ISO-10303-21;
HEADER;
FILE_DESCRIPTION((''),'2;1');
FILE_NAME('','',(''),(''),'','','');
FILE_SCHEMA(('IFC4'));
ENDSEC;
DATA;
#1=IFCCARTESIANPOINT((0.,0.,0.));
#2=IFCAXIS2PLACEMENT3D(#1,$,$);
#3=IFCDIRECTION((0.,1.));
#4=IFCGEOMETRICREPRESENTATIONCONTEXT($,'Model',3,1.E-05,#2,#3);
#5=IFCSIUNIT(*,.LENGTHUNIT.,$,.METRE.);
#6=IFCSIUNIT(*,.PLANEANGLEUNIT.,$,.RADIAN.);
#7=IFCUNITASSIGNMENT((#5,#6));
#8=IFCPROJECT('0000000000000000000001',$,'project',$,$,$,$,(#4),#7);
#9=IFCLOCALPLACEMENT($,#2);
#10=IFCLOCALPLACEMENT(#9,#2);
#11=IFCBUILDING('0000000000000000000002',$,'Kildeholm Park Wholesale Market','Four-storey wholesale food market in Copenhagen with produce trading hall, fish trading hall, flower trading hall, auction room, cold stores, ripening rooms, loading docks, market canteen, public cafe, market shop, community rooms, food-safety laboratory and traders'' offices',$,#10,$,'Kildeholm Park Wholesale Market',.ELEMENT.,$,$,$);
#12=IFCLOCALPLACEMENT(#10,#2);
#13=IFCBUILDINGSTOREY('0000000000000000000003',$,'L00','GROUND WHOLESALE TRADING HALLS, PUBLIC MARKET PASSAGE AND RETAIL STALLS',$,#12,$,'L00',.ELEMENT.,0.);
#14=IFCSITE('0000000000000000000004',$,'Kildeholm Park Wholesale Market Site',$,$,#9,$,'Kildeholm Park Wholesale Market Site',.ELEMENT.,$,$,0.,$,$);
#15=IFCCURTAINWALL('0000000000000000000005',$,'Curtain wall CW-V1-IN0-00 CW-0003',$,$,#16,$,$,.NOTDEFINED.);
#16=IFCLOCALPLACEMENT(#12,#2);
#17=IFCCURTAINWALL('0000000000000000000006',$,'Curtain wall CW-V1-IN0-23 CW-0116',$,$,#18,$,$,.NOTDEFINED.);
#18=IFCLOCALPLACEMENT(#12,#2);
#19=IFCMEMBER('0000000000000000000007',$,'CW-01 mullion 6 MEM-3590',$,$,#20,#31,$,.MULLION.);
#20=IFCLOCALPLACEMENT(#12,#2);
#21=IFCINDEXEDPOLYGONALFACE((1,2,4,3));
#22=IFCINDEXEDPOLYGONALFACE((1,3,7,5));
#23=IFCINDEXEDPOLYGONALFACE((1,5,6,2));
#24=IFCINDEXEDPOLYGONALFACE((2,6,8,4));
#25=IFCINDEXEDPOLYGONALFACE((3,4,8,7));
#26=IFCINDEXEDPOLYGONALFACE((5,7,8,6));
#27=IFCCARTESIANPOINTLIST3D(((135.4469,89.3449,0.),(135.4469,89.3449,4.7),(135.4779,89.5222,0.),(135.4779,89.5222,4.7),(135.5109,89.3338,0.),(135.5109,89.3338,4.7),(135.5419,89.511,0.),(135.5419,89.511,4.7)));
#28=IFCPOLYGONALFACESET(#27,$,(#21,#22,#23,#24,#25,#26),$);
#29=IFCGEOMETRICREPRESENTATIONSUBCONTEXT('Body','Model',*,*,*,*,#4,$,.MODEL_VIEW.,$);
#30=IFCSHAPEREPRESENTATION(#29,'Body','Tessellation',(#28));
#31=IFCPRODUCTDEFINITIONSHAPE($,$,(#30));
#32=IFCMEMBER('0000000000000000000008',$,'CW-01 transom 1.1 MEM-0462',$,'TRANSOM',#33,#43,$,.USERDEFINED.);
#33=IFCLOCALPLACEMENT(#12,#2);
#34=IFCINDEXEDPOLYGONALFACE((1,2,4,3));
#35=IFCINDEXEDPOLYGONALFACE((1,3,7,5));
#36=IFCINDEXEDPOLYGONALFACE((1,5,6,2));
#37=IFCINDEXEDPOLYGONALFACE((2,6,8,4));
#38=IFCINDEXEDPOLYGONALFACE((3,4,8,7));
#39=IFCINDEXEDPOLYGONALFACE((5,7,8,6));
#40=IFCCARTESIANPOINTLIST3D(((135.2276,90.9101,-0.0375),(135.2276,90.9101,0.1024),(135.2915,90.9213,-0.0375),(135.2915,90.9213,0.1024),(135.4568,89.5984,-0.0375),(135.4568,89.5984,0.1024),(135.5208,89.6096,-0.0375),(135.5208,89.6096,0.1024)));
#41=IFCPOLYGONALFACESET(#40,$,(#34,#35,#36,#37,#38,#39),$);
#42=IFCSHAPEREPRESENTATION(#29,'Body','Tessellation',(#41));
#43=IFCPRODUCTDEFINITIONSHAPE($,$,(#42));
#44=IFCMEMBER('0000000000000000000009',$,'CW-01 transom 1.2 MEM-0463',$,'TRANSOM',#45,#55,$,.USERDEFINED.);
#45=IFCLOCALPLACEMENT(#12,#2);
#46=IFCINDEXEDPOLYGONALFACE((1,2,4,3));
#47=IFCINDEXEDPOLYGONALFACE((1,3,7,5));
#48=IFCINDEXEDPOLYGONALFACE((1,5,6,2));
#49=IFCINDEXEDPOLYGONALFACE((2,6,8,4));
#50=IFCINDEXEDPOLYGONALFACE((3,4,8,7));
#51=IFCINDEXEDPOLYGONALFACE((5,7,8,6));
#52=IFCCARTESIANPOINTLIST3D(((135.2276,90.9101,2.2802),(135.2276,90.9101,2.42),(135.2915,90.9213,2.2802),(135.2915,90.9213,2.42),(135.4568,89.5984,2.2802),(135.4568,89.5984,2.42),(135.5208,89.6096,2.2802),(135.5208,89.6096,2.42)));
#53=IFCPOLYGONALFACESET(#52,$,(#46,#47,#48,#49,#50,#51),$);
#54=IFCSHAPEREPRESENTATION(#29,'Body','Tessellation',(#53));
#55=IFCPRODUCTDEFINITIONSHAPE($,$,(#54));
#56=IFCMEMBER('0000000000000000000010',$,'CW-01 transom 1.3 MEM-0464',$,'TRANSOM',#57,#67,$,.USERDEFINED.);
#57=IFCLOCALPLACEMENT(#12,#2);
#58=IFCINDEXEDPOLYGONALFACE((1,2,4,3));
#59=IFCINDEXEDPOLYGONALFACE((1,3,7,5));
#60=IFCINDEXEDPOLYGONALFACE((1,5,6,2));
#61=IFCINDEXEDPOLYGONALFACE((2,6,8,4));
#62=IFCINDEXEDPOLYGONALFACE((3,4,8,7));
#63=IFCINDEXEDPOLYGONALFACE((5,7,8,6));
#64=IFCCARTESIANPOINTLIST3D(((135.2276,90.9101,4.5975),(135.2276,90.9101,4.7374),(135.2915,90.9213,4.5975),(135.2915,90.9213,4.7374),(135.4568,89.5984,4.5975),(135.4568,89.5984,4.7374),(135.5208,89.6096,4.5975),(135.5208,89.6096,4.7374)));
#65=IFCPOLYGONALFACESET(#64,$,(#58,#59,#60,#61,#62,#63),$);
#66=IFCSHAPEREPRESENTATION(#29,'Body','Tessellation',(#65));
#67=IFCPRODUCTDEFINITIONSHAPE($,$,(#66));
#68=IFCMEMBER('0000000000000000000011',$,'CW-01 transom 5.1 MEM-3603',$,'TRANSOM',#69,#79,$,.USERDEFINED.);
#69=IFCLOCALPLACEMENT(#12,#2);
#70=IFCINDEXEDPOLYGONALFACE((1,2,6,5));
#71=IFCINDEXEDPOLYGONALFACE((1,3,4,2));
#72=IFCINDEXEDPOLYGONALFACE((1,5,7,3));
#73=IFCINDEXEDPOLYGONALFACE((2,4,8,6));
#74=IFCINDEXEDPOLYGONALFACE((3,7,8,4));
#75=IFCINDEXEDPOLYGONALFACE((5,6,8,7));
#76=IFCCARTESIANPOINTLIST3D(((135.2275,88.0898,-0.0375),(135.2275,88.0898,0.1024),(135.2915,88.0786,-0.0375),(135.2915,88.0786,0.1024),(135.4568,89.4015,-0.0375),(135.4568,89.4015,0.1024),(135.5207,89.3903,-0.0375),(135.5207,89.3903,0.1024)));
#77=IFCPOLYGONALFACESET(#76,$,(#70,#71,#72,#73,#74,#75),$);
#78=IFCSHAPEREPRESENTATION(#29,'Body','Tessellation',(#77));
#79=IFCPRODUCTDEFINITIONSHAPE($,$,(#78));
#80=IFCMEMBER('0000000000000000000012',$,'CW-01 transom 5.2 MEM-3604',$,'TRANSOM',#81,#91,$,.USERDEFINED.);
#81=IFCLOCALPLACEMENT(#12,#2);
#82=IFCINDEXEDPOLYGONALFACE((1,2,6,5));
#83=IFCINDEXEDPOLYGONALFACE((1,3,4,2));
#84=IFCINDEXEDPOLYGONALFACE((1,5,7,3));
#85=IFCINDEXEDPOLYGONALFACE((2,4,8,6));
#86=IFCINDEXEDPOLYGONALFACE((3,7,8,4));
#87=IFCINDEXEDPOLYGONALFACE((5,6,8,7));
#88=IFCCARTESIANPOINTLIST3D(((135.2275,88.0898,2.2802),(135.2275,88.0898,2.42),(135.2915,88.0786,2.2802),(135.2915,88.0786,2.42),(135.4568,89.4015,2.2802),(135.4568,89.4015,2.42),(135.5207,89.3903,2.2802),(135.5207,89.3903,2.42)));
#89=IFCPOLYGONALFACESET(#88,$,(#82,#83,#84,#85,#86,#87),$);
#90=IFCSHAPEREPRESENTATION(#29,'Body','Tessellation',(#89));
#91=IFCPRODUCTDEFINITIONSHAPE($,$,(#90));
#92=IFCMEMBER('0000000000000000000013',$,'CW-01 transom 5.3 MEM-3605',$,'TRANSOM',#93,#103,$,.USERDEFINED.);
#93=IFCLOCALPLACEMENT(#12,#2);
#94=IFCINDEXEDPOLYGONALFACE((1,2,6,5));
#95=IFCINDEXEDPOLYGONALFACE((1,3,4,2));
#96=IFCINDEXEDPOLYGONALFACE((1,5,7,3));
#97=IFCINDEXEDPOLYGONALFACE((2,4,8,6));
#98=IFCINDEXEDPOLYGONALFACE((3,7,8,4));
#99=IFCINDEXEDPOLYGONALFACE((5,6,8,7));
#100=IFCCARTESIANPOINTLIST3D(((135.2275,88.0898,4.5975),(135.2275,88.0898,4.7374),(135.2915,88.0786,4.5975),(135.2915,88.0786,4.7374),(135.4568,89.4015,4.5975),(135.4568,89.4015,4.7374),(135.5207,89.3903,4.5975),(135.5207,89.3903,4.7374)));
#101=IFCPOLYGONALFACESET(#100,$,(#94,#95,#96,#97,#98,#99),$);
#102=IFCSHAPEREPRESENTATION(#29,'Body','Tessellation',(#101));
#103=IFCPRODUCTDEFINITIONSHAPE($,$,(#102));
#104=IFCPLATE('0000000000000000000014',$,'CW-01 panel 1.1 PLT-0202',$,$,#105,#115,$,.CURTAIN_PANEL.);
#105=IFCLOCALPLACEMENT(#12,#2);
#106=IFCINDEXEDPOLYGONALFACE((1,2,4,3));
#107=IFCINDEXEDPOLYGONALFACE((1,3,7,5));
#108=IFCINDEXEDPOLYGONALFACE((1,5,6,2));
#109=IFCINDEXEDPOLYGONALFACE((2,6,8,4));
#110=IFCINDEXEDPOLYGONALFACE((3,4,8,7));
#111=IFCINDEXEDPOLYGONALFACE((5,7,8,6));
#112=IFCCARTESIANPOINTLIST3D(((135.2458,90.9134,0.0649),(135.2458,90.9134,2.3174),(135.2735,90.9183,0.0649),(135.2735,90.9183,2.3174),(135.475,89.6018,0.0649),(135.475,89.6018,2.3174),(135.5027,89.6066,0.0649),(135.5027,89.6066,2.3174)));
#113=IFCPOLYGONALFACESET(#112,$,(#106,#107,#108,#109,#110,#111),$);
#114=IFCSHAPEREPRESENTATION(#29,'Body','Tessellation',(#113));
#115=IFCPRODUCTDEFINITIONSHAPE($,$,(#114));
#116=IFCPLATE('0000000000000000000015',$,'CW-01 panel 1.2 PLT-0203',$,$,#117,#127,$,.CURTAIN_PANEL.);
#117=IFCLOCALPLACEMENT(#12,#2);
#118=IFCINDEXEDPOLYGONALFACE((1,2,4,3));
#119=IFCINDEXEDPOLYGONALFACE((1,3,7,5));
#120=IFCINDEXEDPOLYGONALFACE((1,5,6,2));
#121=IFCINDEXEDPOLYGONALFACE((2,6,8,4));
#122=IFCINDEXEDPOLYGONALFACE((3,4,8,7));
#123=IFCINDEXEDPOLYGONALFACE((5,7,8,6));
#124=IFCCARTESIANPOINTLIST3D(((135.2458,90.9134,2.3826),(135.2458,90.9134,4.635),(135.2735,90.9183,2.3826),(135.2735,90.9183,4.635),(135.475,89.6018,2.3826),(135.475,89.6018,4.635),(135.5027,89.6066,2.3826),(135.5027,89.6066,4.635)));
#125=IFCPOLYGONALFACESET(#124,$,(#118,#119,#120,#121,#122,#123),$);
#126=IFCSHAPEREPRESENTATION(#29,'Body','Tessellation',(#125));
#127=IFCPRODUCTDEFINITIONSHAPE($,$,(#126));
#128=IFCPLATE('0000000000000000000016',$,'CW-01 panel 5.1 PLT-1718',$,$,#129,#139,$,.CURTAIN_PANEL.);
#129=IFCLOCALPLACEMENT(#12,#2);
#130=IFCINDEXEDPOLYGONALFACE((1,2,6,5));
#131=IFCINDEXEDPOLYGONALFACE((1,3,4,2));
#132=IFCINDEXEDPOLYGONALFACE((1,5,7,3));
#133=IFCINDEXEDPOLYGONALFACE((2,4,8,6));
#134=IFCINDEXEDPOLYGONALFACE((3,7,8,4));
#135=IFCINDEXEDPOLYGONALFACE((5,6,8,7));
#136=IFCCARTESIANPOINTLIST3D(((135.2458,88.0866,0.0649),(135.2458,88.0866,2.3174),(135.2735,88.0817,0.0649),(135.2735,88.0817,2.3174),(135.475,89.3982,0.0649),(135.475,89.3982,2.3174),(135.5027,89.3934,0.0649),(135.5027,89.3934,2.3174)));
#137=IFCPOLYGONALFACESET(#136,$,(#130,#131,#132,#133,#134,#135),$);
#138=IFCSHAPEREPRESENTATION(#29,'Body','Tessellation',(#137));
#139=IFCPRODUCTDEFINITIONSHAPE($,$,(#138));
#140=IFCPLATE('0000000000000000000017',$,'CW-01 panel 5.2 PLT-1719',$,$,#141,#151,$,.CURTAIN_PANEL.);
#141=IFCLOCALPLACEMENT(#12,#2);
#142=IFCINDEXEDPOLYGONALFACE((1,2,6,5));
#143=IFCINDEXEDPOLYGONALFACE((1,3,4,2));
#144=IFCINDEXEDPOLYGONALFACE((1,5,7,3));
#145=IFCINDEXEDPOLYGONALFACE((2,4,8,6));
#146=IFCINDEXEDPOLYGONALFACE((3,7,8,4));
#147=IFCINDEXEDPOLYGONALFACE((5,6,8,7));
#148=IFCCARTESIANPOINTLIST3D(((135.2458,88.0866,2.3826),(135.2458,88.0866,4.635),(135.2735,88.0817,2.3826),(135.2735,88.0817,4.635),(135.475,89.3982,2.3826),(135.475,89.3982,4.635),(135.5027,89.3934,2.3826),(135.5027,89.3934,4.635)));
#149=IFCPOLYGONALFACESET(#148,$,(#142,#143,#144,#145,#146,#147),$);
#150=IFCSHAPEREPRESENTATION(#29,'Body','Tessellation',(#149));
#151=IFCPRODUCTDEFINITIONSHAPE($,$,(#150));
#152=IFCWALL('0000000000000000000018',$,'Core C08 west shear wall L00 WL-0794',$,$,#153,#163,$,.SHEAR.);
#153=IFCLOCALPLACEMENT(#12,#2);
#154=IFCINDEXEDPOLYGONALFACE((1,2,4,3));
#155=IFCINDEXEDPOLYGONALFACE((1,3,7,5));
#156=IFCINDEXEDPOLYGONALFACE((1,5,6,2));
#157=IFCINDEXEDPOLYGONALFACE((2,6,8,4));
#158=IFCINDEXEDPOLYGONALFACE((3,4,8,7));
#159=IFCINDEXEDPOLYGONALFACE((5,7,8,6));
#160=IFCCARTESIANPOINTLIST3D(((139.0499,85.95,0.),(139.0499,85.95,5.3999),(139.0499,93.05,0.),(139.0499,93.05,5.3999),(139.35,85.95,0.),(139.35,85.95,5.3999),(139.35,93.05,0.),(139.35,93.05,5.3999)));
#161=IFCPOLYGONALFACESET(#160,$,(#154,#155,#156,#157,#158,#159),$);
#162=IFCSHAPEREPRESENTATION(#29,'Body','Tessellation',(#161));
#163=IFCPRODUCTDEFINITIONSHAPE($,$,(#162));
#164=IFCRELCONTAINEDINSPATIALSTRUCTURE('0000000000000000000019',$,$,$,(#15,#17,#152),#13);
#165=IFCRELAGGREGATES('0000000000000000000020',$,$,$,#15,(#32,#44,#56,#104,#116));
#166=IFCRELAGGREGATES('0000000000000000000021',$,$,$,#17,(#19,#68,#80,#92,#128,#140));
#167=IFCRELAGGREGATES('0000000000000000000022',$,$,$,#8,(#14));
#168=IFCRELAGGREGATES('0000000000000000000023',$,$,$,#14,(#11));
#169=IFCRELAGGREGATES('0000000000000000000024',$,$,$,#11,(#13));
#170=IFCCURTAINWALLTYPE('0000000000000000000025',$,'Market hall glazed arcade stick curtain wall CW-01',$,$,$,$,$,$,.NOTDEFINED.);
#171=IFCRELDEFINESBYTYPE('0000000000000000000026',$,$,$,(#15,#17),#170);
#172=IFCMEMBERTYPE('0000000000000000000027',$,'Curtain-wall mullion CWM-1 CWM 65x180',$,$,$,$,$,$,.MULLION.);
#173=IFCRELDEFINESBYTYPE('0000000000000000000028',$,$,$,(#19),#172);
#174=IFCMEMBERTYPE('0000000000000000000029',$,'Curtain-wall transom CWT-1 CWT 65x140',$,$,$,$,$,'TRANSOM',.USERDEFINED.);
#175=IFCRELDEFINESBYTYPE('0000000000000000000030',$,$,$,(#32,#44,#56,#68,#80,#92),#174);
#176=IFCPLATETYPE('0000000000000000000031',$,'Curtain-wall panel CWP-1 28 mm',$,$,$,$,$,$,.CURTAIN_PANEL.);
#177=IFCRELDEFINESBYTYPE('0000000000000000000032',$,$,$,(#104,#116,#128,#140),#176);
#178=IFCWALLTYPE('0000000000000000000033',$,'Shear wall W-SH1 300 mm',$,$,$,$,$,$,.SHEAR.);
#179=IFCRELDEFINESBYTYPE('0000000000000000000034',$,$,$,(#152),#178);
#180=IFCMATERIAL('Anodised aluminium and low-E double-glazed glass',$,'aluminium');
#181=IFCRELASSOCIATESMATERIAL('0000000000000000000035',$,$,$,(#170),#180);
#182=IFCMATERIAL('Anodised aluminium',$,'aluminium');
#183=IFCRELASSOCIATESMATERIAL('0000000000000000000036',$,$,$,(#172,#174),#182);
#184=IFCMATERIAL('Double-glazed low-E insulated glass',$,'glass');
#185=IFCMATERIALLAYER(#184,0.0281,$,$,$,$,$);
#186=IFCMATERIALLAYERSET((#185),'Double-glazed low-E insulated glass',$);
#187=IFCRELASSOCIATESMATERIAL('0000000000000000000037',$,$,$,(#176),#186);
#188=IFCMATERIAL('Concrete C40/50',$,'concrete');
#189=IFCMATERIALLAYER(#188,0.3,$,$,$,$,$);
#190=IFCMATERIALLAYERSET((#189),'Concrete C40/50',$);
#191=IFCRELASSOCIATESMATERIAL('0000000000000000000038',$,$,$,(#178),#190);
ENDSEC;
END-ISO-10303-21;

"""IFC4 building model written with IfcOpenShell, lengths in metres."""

from ifc_helpers import new_model, si_unit, direction, frame, frame_2d, origin, origin_2d, place, context, subcontext, project, spatial, rectangle, extrude, material, layer, layer_set, material_profile, profile_set, type_object, element, aggregate, save


model = new_model("IFC4")

# Units and contexts
model_context = context("Model", 3, precision=1e-05, world=origin(), true_north=direction((0.0, 1.0)))
body_context = subcontext(model_context, "Body", "Model", "MODEL_VIEW")
ifc_project = project(units=[si_unit("LENGTHUNIT", "METRE"), si_unit("PLANEANGLEUNIT", "RADIAN")], contexts=[model_context])

# Site, building, storey
site_placement = place(None, origin())
site = spatial("IfcSite", under=ifc_project, at=site_placement, Name="Kildeholm Park Wholesale Market Site", LongName="Kildeholm Park Wholesale Market Site", CompositionType="ELEMENT", RefElevation=0.0)
building_placement = place(site_placement, origin())
building = spatial("IfcBuilding", under=site, at=building_placement, Name="Kildeholm Park Wholesale Market", Description="Four-storey wholesale food market in Copenhagen with produce trading hall, fish trading hall, flower trading hall, auction room, cold stores, ripening rooms, loading docks, market canteen, public cafe, market shop, community rooms, food-safety laboratory and traders' offices", LongName="Kildeholm Park Wholesale Market", CompositionType="ELEMENT")
storey_placement = place(building_placement, origin())
storey = spatial("IfcBuildingStorey", under=building, at=storey_placement, Name="L00", Description="GROUND WHOLESALE TRADING HALLS, PUBLIC MARKET PASSAGE AND RETAIL STALLS", LongName="L00", CompositionType="ELEMENT", Elevation=0.0)

# Curtain wall
ifc_material_1 = material(Name="Anodised aluminium and low-E double-glazed glass", Category="aluminium")
curtain_wall_type = type_object("IfcCurtainWallType", Name="Market hall glazed arcade stick curtain wall CW-01", PredefinedType="NOTDEFINED", material=ifc_material_1)
curtain_wall_1_placement = place(storey_placement, origin())
curtain_wall_1 = element("IfcCurtainWall", 1, at=curtain_wall_1_placement, inside=storey, type_object=curtain_wall_type, Name="Curtain wall CW-V1-IN0-00 CW-0003", PredefinedType="NOTDEFINED")
ifc_material_2 = material(Name="Anodised aluminium", Category="aluminium")
ifc_material_profile_1 = material_profile(ifc_material_2, rectangle(XDim=0.0649, YDim=0.1799, at=origin_2d()), Name="CWM 65x180")
ifc_profile_set_1 = profile_set([ifc_material_profile_1], Name="Anodised aluminium")
member_type_1 = type_object("IfcMemberType", Name="Curtain-wall mullion CWM-1 CWM 65x180", PredefinedType="MULLION", material=ifc_profile_set_1)

# Curtain wall, member
curtain_wall_2_placement = place(storey_placement, origin())
curtain_wall_2 = element("IfcCurtainWall", 2, at=curtain_wall_2_placement, inside=storey, type_object=curtain_wall_type, Name="Curtain wall CW-V1-IN0-23 CW-0116", PredefinedType="NOTDEFINED")
member_1_placement = place(storey_placement, frame((135.4944, 89.428, 0.0), z_axis=(0.0, 0.0, 1.0), x_axis=(-0.985074, 0.172133, 0.0)))
member_1 = element("IfcMember", 3, at=member_1_placement, type_object=member_type_1, Name="CW-01 mullion 6 MEM-3590", PredefinedType="MULLION", context=body_context, shape_type="SweptSolid", body=[
    extrude(rectangle(XDim=0.0649, YDim=0.1799, at=origin_2d()), origin(), (0.0, 0.0, 1.0), 4.7),
])

# Members
ifc_material_profile_2 = material_profile(ifc_material_2, rectangle(XDim=0.0649, YDim=0.1399, at=origin_2d()), Name="CWT 65x140")
ifc_profile_set_2 = profile_set([ifc_material_profile_2], Name="Anodised aluminium")
member_type_2 = type_object("IfcMemberType", Name="Curtain-wall transom CWT-1 CWT 65x140", ElementType="TRANSOM", PredefinedType="USERDEFINED", material=ifc_profile_set_2)
member_2_placement = place(storey_placement, frame((135.4888, 89.604, 0.0325), z_axis=(-0.172154, 0.98507, 0.0), x_axis=(-0.98507, -0.172154, 0.0)))
member_2 = element("IfcMember", 4, at=member_2_placement, type_object=member_type_2, Name="CW-01 transom 1.1 MEM-0462", ObjectType="TRANSOM", PredefinedType="USERDEFINED", context=body_context, shape_type="SweptSolid", body=[
    extrude(rectangle(XDim=0.0649, YDim=0.1399, at=origin_2d()), origin(), (0.0, 0.0, 1.0), 1.3315),
])
member_3_placement = place(storey_placement, frame((135.4888, 89.604, 2.3501), z_axis=(-0.172154, 0.98507, 0.0), x_axis=(-0.98507, -0.172154, 0.0)))
member_3 = element("IfcMember", 5, at=member_3_placement, type_object=member_type_2, Name="CW-01 transom 1.2 MEM-0463", ObjectType="TRANSOM", PredefinedType="USERDEFINED", context=body_context, shape_type="SweptSolid", body=[
    extrude(rectangle(XDim=0.0649, YDim=0.1399, at=origin_2d()), origin(), (0.0, 0.0, 1.0), 1.3315),
])
member_4_placement = place(storey_placement, frame((135.4888, 89.604, 4.6675), z_axis=(-0.172154, 0.98507, 0.0), x_axis=(-0.98507, -0.172154, 0.0)))
member_4 = element("IfcMember", 6, at=member_4_placement, type_object=member_type_2, Name="CW-01 transom 1.3 MEM-0464", ObjectType="TRANSOM", PredefinedType="USERDEFINED", context=body_context, shape_type="SweptSolid", body=[
    extrude(rectangle(XDim=0.0649, YDim=0.1399, at=origin_2d()), origin(), (0.0, 0.0, 1.0), 1.3315),
])
member_5_placement = place(storey_placement, frame((135.2595, 88.0842, 0.0325), z_axis=(0.172154, 0.98507, 0.0), x_axis=(-0.98507, 0.172154, 0.0)))
member_5 = element("IfcMember", 7, at=member_5_placement, type_object=member_type_2, Name="CW-01 transom 5.1 MEM-3603", ObjectType="TRANSOM", PredefinedType="USERDEFINED", context=body_context, shape_type="SweptSolid", body=[
    extrude(rectangle(XDim=0.0649, YDim=0.1399, at=origin_2d()), origin(), (0.0, 0.0, 1.0), 1.3315),
])
member_6_placement = place(storey_placement, frame((135.2595, 88.0842, 2.3501), z_axis=(0.172154, 0.98507, 0.0), x_axis=(-0.98507, 0.172154, 0.0)))
member_6 = element("IfcMember", 8, at=member_6_placement, type_object=member_type_2, Name="CW-01 transom 5.2 MEM-3604", ObjectType="TRANSOM", PredefinedType="USERDEFINED", context=body_context, shape_type="SweptSolid", body=[
    extrude(rectangle(XDim=0.0649, YDim=0.1399, at=origin_2d()), origin(), (0.0, 0.0, 1.0), 1.3315),
])
member_7_placement = place(storey_placement, frame((135.2595, 88.0842, 4.6675), z_axis=(0.172154, 0.98507, 0.0), x_axis=(-0.98507, 0.172154, 0.0)))
member_7 = element("IfcMember", 9, at=member_7_placement, type_object=member_type_2, Name="CW-01 transom 5.3 MEM-3605", ObjectType="TRANSOM", PredefinedType="USERDEFINED", context=body_context, shape_type="SweptSolid", body=[
    extrude(rectangle(XDim=0.0649, YDim=0.1399, at=origin_2d()), origin(), (0.0, 0.0, 1.0), 1.3315),
])

# Plates
ifc_material_3 = material(Name="Double-glazed low-E insulated glass", Category="glass")
ifc_layer_1 = layer(ifc_material_3, 0.0281)
ifc_layer_set_1 = layer_set([ifc_layer_1], Name="Double-glazed low-E insulated glass")
plate_type = type_object("IfcPlateType", Name="Curtain-wall panel CWP-1 28 mm", PredefinedType="CURTAIN_PANEL", material=ifc_layer_set_1)
plate_1_placement = place(storey_placement, frame((135.3743, 90.26, 0.0649), z_axis=(0.0, 0.0, 1.0), x_axis=(-0.172133, 0.985074, 0.0)))
plate_1 = element("IfcPlate", 10, at=plate_1_placement, type_object=plate_type, Name="CW-01 panel 1.1 PLT-0202", PredefinedType="CURTAIN_PANEL", context=body_context, shape_type="SweptSolid", body=[
    extrude(rectangle(XDim=1.3315, YDim=0.0281, at=origin_2d()), origin(), (0.0, 0.0, 1.0), 2.2524),
])
plate_2_placement = place(storey_placement, frame((135.3743, 90.26, 2.3826), z_axis=(0.0, 0.0, 1.0), x_axis=(-0.172133, 0.985074, 0.0)))
plate_2 = element("IfcPlate", 11, at=plate_2_placement, type_object=plate_type, Name="CW-01 panel 1.2 PLT-0203", PredefinedType="CURTAIN_PANEL", context=body_context, shape_type="SweptSolid", body=[
    extrude(rectangle(XDim=1.3315, YDim=0.0281, at=origin_2d()), origin(), (0.0, 0.0, 1.0), 2.2524),
])
aggregate(curtain_wall_1, [member_2, member_3, member_4, plate_1, plate_2])
plate_3_placement = place(storey_placement, frame((135.3743, 88.74, 0.0649), z_axis=(0.0, 0.0, 1.0), x_axis=(0.172133, 0.985074, 0.0)))
plate_3 = element("IfcPlate", 12, at=plate_3_placement, type_object=plate_type, Name="CW-01 panel 5.1 PLT-1718", PredefinedType="CURTAIN_PANEL", context=body_context, shape_type="SweptSolid", body=[
    extrude(rectangle(XDim=1.3315, YDim=0.0281, at=origin_2d()), origin(), (0.0, 0.0, 1.0), 2.2524),
])
plate_4_placement = place(storey_placement, frame((135.3743, 88.74, 2.3826), z_axis=(0.0, 0.0, 1.0), x_axis=(0.172133, 0.985074, 0.0)))
plate_4 = element("IfcPlate", 13, at=plate_4_placement, type_object=plate_type, Name="CW-01 panel 5.2 PLT-1719", PredefinedType="CURTAIN_PANEL", context=body_context, shape_type="SweptSolid", body=[
    extrude(rectangle(XDim=1.3315, YDim=0.0281, at=origin_2d()), origin(), (0.0, 0.0, 1.0), 2.2524),
])
aggregate(curtain_wall_2, [member_1, member_5, member_6, member_7, plate_3, plate_4])

# Shared definitions
ifc_material_4 = material(Name="Concrete C40/50", Category="concrete")
ifc_layer_2 = layer(ifc_material_4, 0.3)
ifc_layer_set_2 = layer_set([ifc_layer_2], Name="Concrete C40/50")
wall_type_1 = type_object("IfcWallType", Name="Shear wall W-SH1 300 mm", PredefinedType="SHEAR", material=ifc_layer_set_2)

# Wall
wall_1_placement = place(storey_placement, frame((139.2, 85.95, 0.0), z_axis=(0.0, 0.0, 1.0), x_axis=(0.0, 1.0, 0.0)))
element("IfcWall", 14, at=wall_1_placement, inside=storey, type_object=wall_type_1, Name="Core C08 west shear wall L00 WL-0794", PredefinedType="SHEAR", context=body_context, shape_type="SweptSolid", body=[
    extrude(rectangle(XDim=7.1001, YDim=0.3, at=frame_2d((3.55, 0.0))), origin(), (0.0, 0.0, 1.0), 5.3999),
])

save(model, "model.ifc")
